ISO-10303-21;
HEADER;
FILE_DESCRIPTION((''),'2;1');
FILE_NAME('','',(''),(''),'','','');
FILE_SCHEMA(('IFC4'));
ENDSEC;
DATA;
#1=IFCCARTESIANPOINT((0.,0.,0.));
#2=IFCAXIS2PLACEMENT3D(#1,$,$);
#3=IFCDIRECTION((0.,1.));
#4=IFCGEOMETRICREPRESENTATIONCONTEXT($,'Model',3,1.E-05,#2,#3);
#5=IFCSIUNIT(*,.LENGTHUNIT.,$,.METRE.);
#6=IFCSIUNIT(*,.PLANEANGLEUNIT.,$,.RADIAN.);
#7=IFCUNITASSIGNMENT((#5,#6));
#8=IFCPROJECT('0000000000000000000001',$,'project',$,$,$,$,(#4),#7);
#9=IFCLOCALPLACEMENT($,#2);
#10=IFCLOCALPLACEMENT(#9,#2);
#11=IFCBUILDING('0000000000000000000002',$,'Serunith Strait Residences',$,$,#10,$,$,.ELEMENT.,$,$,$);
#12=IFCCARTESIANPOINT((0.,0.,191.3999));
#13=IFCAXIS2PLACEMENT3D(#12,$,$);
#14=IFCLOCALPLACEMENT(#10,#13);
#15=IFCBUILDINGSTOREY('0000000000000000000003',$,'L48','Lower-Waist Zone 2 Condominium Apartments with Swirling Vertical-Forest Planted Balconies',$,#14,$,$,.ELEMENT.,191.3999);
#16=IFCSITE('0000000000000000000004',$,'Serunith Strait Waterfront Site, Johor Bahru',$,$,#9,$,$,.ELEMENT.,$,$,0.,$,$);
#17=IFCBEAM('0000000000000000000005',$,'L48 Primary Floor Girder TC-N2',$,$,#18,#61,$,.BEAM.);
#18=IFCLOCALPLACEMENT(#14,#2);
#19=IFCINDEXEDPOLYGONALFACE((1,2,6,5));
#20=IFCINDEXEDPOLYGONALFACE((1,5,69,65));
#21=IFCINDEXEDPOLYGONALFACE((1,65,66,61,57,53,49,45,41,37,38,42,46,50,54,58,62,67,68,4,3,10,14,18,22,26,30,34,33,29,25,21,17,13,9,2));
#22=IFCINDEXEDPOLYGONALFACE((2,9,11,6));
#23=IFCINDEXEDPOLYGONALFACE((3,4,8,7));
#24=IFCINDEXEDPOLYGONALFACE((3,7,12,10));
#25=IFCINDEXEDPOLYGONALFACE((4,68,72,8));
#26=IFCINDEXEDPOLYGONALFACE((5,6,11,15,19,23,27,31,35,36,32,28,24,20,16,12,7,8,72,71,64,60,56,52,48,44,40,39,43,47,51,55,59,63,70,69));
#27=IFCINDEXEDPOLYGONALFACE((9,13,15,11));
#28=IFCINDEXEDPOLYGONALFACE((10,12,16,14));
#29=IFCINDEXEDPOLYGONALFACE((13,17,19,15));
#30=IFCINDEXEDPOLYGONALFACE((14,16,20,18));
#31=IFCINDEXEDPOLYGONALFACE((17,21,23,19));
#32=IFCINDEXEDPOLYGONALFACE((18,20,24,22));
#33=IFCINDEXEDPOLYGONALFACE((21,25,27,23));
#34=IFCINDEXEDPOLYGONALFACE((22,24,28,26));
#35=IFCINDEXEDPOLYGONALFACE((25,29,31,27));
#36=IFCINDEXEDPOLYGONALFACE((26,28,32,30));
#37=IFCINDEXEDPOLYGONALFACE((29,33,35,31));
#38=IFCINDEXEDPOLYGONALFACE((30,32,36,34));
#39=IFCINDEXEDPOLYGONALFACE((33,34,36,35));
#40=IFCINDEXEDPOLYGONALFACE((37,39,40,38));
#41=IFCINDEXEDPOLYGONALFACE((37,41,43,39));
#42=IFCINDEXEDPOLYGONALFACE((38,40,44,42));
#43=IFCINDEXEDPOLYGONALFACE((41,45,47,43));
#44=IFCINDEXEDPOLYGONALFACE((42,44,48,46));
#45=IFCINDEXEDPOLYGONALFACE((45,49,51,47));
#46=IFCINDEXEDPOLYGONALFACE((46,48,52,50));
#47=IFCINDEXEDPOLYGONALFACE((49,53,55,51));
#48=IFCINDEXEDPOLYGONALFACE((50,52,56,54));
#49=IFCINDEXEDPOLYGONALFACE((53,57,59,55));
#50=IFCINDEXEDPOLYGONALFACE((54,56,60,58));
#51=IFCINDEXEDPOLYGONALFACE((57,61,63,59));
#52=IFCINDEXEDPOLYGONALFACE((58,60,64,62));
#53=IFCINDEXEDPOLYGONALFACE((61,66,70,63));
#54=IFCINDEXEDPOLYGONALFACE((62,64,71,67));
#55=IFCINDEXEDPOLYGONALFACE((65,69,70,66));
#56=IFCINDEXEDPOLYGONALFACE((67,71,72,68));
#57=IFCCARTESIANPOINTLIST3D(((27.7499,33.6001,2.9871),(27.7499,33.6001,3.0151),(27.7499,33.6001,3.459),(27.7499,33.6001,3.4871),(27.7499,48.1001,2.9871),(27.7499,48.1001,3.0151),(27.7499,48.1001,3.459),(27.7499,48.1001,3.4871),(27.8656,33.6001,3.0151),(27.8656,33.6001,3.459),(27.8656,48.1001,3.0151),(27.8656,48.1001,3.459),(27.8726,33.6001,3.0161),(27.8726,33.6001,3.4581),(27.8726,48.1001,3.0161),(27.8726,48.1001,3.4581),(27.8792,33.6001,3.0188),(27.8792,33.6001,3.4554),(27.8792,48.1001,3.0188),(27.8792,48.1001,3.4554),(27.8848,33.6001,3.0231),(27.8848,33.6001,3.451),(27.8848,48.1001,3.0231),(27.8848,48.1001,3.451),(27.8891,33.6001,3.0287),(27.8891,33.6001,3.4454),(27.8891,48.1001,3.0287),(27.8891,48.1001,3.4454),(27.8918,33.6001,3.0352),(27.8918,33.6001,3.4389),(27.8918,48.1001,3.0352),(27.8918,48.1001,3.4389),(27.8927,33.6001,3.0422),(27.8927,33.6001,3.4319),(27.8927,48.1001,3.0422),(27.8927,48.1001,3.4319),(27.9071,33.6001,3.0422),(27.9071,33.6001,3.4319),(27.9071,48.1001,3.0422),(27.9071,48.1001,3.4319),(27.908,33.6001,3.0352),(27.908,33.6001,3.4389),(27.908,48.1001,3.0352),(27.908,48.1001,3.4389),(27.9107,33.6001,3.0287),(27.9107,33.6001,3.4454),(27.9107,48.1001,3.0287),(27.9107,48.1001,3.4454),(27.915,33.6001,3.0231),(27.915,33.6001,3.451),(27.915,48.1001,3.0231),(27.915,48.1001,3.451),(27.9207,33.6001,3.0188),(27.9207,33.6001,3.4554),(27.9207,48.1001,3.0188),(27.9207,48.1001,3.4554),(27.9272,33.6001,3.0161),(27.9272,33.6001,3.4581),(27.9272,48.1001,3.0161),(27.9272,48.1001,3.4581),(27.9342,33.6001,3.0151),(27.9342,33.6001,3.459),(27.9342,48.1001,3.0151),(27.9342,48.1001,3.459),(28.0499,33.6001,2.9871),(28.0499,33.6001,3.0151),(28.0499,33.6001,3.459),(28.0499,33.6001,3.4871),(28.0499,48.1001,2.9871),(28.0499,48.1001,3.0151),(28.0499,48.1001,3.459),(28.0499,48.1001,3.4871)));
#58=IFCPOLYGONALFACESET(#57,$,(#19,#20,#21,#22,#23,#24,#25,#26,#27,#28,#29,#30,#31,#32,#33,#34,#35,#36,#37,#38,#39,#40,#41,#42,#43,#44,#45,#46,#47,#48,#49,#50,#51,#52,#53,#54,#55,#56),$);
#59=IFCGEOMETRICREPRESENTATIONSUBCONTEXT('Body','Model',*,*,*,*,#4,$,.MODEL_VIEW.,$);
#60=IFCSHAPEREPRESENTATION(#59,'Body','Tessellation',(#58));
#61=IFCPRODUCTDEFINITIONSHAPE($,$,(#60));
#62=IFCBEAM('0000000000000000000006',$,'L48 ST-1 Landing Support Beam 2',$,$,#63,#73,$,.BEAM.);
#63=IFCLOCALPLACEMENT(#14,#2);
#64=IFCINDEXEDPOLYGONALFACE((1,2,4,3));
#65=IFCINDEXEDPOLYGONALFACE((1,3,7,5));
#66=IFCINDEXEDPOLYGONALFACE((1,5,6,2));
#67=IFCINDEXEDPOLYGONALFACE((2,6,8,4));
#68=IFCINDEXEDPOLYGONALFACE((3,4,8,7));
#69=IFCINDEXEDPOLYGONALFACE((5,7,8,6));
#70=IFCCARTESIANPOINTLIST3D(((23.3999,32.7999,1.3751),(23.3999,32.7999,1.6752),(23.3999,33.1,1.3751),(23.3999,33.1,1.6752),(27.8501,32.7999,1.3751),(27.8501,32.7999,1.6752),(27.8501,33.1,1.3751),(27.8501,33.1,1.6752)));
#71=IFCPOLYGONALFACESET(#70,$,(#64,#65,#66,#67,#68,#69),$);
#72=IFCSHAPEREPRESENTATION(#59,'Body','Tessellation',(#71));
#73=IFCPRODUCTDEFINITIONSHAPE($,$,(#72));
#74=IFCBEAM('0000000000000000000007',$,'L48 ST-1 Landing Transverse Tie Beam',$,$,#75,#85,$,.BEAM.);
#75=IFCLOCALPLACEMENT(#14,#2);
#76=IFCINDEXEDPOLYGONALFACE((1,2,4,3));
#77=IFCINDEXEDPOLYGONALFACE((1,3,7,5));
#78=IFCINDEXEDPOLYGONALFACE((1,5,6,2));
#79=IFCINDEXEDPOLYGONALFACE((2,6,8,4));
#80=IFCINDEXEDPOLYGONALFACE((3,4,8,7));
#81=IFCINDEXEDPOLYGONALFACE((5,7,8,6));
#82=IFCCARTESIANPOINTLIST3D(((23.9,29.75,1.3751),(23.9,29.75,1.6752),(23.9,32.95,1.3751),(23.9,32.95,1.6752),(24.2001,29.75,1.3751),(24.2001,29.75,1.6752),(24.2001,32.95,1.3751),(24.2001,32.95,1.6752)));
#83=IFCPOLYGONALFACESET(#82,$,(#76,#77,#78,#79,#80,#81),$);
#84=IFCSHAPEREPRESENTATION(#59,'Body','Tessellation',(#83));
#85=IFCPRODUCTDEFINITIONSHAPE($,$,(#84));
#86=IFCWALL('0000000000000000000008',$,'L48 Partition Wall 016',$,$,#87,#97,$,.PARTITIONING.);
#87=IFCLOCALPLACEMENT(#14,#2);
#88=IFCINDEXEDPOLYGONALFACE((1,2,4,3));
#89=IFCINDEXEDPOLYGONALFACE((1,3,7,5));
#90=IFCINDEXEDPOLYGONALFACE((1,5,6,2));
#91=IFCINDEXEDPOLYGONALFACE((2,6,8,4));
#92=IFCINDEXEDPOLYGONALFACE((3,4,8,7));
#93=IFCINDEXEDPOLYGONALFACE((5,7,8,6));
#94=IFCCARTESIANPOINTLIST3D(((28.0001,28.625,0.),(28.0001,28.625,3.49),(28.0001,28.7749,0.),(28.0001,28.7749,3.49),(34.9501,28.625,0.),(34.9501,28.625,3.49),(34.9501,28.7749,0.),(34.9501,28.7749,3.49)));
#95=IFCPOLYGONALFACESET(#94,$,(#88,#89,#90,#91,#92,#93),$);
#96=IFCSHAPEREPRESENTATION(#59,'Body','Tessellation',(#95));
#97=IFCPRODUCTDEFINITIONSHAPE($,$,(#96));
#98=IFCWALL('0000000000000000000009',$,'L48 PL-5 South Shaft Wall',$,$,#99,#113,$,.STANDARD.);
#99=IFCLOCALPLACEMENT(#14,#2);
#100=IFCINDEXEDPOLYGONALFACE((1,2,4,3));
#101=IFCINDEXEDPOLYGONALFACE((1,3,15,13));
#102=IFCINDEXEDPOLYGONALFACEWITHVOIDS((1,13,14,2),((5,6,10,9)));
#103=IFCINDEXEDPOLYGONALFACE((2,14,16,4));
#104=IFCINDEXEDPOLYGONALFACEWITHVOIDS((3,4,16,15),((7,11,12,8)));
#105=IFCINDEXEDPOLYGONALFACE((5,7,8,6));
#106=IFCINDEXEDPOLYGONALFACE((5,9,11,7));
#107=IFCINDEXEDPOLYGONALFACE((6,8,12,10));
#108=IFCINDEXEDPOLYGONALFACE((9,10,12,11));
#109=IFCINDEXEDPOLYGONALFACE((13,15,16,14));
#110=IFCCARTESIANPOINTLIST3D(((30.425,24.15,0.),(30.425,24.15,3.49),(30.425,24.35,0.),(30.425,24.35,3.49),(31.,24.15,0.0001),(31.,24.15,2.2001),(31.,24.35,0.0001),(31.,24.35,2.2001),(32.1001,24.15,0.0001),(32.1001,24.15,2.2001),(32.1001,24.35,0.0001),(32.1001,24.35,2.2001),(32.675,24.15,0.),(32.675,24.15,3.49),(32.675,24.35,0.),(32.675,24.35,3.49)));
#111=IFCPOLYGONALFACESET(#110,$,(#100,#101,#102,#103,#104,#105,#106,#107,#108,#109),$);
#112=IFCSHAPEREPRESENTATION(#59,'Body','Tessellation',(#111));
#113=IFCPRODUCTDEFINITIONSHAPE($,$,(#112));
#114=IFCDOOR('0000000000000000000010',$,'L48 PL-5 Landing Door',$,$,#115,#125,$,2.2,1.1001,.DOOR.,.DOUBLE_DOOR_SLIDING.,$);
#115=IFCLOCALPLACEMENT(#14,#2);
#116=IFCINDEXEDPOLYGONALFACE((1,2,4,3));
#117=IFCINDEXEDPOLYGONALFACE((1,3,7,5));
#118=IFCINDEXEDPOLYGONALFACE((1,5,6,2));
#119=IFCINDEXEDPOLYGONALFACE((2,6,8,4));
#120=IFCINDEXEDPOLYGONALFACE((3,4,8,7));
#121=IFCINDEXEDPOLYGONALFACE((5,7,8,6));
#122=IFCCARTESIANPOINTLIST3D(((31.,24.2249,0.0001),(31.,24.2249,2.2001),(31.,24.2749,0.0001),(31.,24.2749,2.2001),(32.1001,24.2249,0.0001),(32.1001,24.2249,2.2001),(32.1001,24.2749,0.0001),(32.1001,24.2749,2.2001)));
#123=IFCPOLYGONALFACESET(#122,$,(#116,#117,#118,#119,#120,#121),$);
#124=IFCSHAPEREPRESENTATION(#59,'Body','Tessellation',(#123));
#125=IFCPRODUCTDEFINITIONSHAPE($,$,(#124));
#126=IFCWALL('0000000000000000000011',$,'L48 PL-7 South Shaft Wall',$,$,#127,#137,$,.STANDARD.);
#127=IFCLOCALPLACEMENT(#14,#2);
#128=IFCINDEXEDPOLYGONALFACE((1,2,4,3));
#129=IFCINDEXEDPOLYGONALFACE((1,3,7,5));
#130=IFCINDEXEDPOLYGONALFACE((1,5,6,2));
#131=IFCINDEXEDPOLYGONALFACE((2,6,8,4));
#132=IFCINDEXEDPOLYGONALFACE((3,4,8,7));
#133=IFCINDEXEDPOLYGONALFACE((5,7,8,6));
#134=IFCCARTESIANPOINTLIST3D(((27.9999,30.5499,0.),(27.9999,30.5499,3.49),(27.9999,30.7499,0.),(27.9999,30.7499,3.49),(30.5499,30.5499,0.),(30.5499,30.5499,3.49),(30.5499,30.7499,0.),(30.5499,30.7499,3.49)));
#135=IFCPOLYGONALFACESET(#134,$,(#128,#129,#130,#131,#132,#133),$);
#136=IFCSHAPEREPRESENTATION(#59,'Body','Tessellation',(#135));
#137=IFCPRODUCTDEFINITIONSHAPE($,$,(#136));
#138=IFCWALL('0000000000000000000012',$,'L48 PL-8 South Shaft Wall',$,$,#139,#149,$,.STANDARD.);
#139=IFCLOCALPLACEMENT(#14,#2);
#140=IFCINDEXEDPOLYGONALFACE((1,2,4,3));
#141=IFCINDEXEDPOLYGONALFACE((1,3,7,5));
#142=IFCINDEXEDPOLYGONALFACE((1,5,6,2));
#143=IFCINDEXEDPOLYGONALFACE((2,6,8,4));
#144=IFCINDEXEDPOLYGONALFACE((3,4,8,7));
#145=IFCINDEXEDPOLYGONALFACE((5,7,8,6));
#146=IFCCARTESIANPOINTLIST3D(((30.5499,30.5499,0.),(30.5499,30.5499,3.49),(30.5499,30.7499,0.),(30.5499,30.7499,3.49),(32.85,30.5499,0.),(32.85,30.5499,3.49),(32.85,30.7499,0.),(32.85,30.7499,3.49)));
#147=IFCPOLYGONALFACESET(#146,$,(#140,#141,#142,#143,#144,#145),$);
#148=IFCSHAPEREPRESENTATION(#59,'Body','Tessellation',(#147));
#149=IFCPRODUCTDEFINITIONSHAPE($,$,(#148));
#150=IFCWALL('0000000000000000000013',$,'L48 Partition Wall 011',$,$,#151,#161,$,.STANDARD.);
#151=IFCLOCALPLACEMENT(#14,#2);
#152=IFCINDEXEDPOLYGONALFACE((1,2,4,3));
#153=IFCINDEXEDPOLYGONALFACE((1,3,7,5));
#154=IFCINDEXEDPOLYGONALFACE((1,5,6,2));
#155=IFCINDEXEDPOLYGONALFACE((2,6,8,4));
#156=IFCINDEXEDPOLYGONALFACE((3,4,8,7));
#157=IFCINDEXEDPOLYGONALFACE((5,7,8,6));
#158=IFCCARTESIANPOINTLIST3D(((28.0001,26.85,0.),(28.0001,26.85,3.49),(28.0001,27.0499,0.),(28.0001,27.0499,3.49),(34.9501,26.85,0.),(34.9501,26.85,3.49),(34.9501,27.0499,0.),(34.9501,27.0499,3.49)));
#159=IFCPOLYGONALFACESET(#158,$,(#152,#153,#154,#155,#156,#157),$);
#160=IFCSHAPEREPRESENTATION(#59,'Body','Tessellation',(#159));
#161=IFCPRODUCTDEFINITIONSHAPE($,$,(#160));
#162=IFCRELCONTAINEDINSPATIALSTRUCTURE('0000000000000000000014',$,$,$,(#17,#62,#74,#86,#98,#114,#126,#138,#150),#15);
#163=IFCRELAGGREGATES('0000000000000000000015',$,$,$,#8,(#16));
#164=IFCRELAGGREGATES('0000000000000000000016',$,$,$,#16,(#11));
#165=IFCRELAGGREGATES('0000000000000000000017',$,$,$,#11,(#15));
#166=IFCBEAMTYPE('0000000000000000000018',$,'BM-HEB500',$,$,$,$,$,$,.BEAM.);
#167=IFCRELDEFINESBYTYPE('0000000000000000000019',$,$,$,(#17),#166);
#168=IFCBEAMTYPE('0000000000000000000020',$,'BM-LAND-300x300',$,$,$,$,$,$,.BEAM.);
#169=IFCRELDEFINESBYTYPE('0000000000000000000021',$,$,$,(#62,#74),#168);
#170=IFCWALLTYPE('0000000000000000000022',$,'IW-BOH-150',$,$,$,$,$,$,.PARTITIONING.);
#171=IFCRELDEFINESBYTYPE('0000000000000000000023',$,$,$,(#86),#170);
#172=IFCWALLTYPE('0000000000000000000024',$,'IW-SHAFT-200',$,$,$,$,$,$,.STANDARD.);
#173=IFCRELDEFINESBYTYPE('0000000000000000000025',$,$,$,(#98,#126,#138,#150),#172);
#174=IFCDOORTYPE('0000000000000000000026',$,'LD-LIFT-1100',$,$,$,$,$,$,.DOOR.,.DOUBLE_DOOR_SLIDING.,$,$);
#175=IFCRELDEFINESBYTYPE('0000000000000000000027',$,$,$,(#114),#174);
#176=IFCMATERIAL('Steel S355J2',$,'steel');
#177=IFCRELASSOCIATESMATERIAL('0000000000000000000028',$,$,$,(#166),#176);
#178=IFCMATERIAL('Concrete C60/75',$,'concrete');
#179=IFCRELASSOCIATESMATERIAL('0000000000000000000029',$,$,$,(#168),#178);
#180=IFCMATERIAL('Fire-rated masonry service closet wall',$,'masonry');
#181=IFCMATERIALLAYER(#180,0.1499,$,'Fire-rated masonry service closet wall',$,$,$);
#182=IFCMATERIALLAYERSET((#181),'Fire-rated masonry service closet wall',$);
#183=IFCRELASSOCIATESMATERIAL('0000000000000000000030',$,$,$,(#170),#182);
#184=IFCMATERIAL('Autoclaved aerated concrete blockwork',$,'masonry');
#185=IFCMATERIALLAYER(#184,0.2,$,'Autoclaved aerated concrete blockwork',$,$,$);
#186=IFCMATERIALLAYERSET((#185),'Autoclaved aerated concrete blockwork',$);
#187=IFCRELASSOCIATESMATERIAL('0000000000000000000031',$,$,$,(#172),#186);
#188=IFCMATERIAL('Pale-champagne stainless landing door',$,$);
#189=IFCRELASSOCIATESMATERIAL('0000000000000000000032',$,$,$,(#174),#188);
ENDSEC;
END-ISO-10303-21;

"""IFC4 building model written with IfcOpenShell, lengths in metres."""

from ifc_helpers import new_model, si_unit, direction, frame, frame_2d, origin, origin_2d, place, context, subcontext, project, spatial, rectangle, i_section, extrude, source, transform, mapped, material, layer, layer_set, material_profile, profile_set, type_object, element, fill, save


model = new_model("IFC4")

# Units and contexts
model_context = context("Model", 3, precision=1e-05, world=origin(), true_north=direction((0.0, 1.0)))
body_context = subcontext(model_context, "Body", "Model", "MODEL_VIEW")
ifc_project = project(units=[si_unit("LENGTHUNIT", "METRE"), si_unit("PLANEANGLEUNIT", "RADIAN")], contexts=[model_context])

# Site, building, storey
site_placement = place(None, origin())
site = spatial("IfcSite", under=ifc_project, at=site_placement, Name="Serunith Strait Waterfront Site, Johor Bahru", CompositionType="ELEMENT", RefElevation=0.0)
building_placement = place(site_placement, origin())
building = spatial("IfcBuilding", under=site, at=building_placement, Name="Serunith Strait Residences", CompositionType="ELEMENT")
storey_placement = place(building_placement, frame((0.0, 0.0, 191.3999)))
storey = spatial("IfcBuildingStorey", under=building, at=storey_placement, Name="L48", Description="Lower-Waist Zone 2 Condominium Apartments with Swirling Vertical-Forest Planted Balconies", CompositionType="ELEMENT", Elevation=191.3999)

# Beams
ifc_material_1 = material(Name="Steel S355J2", Category="steel")
ifc_material_profile_1 = material_profile(ifc_material_1, i_section(OverallWidth=0.3, OverallDepth=0.5, WebThickness=0.0144, FlangeThickness=0.0281, FilletRadius=0.0271, at=origin_2d()), Name="HEB 500")
ifc_profile_set_1 = profile_set([ifc_material_profile_1], Name="Steel S355J2")
beam_type_1 = type_object("IfcBeamType", Name="BM-HEB500", PredefinedType="BEAM", material=ifc_profile_set_1)
shared_shape_1 = source(origin(), body_context, "Body", "SweptSolid", [
    extrude(i_section(OverallWidth=0.3, OverallDepth=0.5, WebThickness=0.0144, FlangeThickness=0.0281, FilletRadius=0.0271, at=origin_2d()), origin(), (0.0, 0.0, 1.0), 14.5),
])
beam_1_placement = place(storey_placement, frame((27.8999, 33.6001, 3.2371), z_axis=(0.0, 1.0, 0.0), x_axis=(-1.0, 0.0, 0.0)))
element("IfcBeam", 1, at=beam_1_placement, inside=storey, type_object=beam_type_1, Name="L48 Primary Floor Girder TC-N2", PredefinedType="BEAM", context=body_context, shape_type="MappedRepresentation", body=[
    mapped(shared_shape_1, transform((0.0, 0.0, 0.0), scale=1.0)),
])
ifc_material_2 = material(Name="Concrete C60/75", Category="concrete")
ifc_material_profile_2 = material_profile(ifc_material_2, rectangle(XDim=0.3, YDim=0.3, at=origin_2d()), Name="RC 300x300")
ifc_profile_set_2 = profile_set([ifc_material_profile_2], Name="Concrete C60/75")
beam_type_2 = type_object("IfcBeamType", Name="BM-LAND-300x300", PredefinedType="BEAM", material=ifc_profile_set_2)
shared_shape_2 = source(origin(), body_context, "Body", "SweptSolid", [
    extrude(rectangle(XDim=0.3, YDim=0.3, at=origin_2d()), origin(), (0.0, 0.0, 1.0), 4.4502),
])
beam_2_placement = place(storey_placement, frame((23.3999, 32.95, 1.5251), z_axis=(1.0, 0.0, 0.0), x_axis=(0.0, 1.0, 0.0)))
element("IfcBeam", 2, at=beam_2_placement, inside=storey, type_object=beam_type_2, Name="L48 ST-1 Landing Support Beam 2", PredefinedType="BEAM", context=body_context, shape_type="MappedRepresentation", body=[
    mapped(shared_shape_2, transform((0.0, 0.0, 0.0), scale=1.0)),
])
shared_shape_3 = source(origin(), body_context, "Body", "SweptSolid", [
    extrude(rectangle(XDim=0.3, YDim=0.3, at=origin_2d()), origin(), (0.0, 0.0, 1.0), 3.2),
])
beam_3_placement = place(storey_placement, frame((24.05, 29.75, 1.5251), z_axis=(0.0, 1.0, 0.0), x_axis=(-1.0, 0.0, 0.0)))
element("IfcBeam", 3, at=beam_3_placement, inside=storey, type_object=beam_type_2, Name="L48 ST-1 Landing Transverse Tie Beam", PredefinedType="BEAM", context=body_context, shape_type="MappedRepresentation", body=[
    mapped(shared_shape_3, transform((0.0, 0.0, 0.0), scale=1.0)),
])

# Wall
ifc_material_3 = material(Name="Fire-rated masonry service closet wall", Category="masonry")
ifc_layer_1 = layer(ifc_material_3, 0.1499, Name="Fire-rated masonry service closet wall")
ifc_layer_set_1 = layer_set([ifc_layer_1], Name="Fire-rated masonry service closet wall")
wall_type_1 = type_object("IfcWallType", Name="IW-BOH-150", PredefinedType="PARTITIONING", material=ifc_layer_set_1)
wall_1_placement = place(storey_placement, frame((28.0, 28.7, 0.0), z_axis=(0.0, 0.0, 1.0), x_axis=(1.0, 0.0, 0.0)))
element("IfcWall", 4, at=wall_1_placement, inside=storey, type_object=wall_type_1, Name="L48 Partition Wall 016", PredefinedType="PARTITIONING", context=body_context, shape_type="SweptSolid", body=[
    extrude(rectangle(XDim=6.95, YDim=0.1499, at=frame_2d((3.4751, 0.0))), origin(), (0.0, 0.0, 1.0), 3.49),
])

# Wall, opening, door
ifc_material_4 = material(Name="Autoclaved aerated concrete blockwork", Category="masonry")
ifc_layer_2 = layer(ifc_material_4, 0.2, Name="Autoclaved aerated concrete blockwork")
ifc_layer_set_2 = layer_set([ifc_layer_2], Name="Autoclaved aerated concrete blockwork")
wall_type_2 = type_object("IfcWallType", Name="IW-SHAFT-200", PredefinedType="STANDARD", material=ifc_layer_set_2)
wall_2_placement = place(storey_placement, frame((30.425, 24.25, 0.0), z_axis=(0.0, 0.0, 1.0), x_axis=(1.0, 0.0, 0.0)))
wall_2 = element("IfcWall", 5, at=wall_2_placement, inside=storey, type_object=wall_type_2, Name="L48 PL-5 South Shaft Wall", PredefinedType="STANDARD", context=body_context, shape_type="SweptSolid", body=[
    extrude(rectangle(XDim=2.25, YDim=0.2, at=frame_2d((1.125, 0.0))), origin(), (0.0, 0.0, 1.0), 3.49),
])
opening_placement = place(wall_2_placement, frame((0.575, 0.0, 0.0)))
opening = element("IfcOpeningElement", 6, at=opening_placement, cuts=wall_2, PredefinedType="OPENING", context=body_context, shape_type="SweptSolid", body=[
    extrude(rectangle(XDim=1.1001, YDim=2.2, at=frame_2d((0.55, 1.1001))), frame((0.0, 0.1099, 0.0), z_axis=(0.0, -1.0, 0.0), x_axis=(1.0, 0.0, 0.0)), (0.0, 0.0, 1.0), 0.22),
])
ifc_material_5 = material(Name="Pale-champagne stainless landing door")
door_type = type_object("IfcDoorType", Name="LD-LIFT-1100", OperationType="DOUBLE_DOOR_SLIDING", PredefinedType="DOOR", material=ifc_material_5)
shared_shape_4 = source(origin(), body_context, "Body", "SweptSolid", [
    extrude(rectangle(XDim=1.1001, YDim=2.2, at=frame_2d((0.55, 1.1001))), frame((0.0, 0.0249, 0.0), z_axis=(0.0, -1.0, 0.0), x_axis=(1.0, 0.0, 0.0)), (0.0, 0.0, 1.0), 0.05),
])
door_placement = place(opening_placement, origin())
door = element("IfcDoor", 7, at=door_placement, inside=storey, type_object=door_type, Name="L48 PL-5 Landing Door", OperationType="DOUBLE_DOOR_SLIDING", OverallHeight=2.2, OverallWidth=1.1001, PredefinedType="DOOR", context=body_context, shape_type="MappedRepresentation", body=[
    mapped(shared_shape_4, transform((0.0, 0.0, 0.0), scale=1.0)),
])
fill(opening, door)

# Walls
wall_3_placement = place(storey_placement, frame((28.0, 30.6499, 0.0), z_axis=(0.0, 0.0, 1.0), x_axis=(1.0, 0.0, 0.0)))
element("IfcWall", 8, at=wall_3_placement, inside=storey, type_object=wall_type_2, Name="L48 PL-7 South Shaft Wall", PredefinedType="STANDARD", context=body_context, shape_type="SweptSolid", body=[
    extrude(rectangle(XDim=2.55, YDim=0.2, at=frame_2d((1.2749, 0.0))), origin(), (0.0, 0.0, 1.0), 3.49),
])
wall_4_placement = place(storey_placement, frame((30.55, 30.6499, 0.0), z_axis=(0.0, 0.0, 1.0), x_axis=(1.0, 0.0, 0.0)))
element("IfcWall", 9, at=wall_4_placement, inside=storey, type_object=wall_type_2, Name="L48 PL-8 South Shaft Wall", PredefinedType="STANDARD", context=body_context, shape_type="SweptSolid", body=[
    extrude(rectangle(XDim=2.3, YDim=0.2, at=frame_2d((1.1499, 0.0))), origin(), (0.0, 0.0, 1.0), 3.49),
])
wall_5_placement = place(storey_placement, frame((28.0, 26.95, 0.0), z_axis=(0.0, 0.0, 1.0), x_axis=(1.0, 0.0, 0.0)))
element("IfcWall", 10, at=wall_5_placement, inside=storey, type_object=wall_type_2, Name="L48 Partition Wall 011", PredefinedType="STANDARD", context=body_context, shape_type="SweptSolid", body=[
    extrude(rectangle(XDim=6.95, YDim=0.2, at=frame_2d((3.4751, 0.0))), origin(), (0.0, 0.0, 1.0), 3.49),
])

save(model, "model.ifc")
